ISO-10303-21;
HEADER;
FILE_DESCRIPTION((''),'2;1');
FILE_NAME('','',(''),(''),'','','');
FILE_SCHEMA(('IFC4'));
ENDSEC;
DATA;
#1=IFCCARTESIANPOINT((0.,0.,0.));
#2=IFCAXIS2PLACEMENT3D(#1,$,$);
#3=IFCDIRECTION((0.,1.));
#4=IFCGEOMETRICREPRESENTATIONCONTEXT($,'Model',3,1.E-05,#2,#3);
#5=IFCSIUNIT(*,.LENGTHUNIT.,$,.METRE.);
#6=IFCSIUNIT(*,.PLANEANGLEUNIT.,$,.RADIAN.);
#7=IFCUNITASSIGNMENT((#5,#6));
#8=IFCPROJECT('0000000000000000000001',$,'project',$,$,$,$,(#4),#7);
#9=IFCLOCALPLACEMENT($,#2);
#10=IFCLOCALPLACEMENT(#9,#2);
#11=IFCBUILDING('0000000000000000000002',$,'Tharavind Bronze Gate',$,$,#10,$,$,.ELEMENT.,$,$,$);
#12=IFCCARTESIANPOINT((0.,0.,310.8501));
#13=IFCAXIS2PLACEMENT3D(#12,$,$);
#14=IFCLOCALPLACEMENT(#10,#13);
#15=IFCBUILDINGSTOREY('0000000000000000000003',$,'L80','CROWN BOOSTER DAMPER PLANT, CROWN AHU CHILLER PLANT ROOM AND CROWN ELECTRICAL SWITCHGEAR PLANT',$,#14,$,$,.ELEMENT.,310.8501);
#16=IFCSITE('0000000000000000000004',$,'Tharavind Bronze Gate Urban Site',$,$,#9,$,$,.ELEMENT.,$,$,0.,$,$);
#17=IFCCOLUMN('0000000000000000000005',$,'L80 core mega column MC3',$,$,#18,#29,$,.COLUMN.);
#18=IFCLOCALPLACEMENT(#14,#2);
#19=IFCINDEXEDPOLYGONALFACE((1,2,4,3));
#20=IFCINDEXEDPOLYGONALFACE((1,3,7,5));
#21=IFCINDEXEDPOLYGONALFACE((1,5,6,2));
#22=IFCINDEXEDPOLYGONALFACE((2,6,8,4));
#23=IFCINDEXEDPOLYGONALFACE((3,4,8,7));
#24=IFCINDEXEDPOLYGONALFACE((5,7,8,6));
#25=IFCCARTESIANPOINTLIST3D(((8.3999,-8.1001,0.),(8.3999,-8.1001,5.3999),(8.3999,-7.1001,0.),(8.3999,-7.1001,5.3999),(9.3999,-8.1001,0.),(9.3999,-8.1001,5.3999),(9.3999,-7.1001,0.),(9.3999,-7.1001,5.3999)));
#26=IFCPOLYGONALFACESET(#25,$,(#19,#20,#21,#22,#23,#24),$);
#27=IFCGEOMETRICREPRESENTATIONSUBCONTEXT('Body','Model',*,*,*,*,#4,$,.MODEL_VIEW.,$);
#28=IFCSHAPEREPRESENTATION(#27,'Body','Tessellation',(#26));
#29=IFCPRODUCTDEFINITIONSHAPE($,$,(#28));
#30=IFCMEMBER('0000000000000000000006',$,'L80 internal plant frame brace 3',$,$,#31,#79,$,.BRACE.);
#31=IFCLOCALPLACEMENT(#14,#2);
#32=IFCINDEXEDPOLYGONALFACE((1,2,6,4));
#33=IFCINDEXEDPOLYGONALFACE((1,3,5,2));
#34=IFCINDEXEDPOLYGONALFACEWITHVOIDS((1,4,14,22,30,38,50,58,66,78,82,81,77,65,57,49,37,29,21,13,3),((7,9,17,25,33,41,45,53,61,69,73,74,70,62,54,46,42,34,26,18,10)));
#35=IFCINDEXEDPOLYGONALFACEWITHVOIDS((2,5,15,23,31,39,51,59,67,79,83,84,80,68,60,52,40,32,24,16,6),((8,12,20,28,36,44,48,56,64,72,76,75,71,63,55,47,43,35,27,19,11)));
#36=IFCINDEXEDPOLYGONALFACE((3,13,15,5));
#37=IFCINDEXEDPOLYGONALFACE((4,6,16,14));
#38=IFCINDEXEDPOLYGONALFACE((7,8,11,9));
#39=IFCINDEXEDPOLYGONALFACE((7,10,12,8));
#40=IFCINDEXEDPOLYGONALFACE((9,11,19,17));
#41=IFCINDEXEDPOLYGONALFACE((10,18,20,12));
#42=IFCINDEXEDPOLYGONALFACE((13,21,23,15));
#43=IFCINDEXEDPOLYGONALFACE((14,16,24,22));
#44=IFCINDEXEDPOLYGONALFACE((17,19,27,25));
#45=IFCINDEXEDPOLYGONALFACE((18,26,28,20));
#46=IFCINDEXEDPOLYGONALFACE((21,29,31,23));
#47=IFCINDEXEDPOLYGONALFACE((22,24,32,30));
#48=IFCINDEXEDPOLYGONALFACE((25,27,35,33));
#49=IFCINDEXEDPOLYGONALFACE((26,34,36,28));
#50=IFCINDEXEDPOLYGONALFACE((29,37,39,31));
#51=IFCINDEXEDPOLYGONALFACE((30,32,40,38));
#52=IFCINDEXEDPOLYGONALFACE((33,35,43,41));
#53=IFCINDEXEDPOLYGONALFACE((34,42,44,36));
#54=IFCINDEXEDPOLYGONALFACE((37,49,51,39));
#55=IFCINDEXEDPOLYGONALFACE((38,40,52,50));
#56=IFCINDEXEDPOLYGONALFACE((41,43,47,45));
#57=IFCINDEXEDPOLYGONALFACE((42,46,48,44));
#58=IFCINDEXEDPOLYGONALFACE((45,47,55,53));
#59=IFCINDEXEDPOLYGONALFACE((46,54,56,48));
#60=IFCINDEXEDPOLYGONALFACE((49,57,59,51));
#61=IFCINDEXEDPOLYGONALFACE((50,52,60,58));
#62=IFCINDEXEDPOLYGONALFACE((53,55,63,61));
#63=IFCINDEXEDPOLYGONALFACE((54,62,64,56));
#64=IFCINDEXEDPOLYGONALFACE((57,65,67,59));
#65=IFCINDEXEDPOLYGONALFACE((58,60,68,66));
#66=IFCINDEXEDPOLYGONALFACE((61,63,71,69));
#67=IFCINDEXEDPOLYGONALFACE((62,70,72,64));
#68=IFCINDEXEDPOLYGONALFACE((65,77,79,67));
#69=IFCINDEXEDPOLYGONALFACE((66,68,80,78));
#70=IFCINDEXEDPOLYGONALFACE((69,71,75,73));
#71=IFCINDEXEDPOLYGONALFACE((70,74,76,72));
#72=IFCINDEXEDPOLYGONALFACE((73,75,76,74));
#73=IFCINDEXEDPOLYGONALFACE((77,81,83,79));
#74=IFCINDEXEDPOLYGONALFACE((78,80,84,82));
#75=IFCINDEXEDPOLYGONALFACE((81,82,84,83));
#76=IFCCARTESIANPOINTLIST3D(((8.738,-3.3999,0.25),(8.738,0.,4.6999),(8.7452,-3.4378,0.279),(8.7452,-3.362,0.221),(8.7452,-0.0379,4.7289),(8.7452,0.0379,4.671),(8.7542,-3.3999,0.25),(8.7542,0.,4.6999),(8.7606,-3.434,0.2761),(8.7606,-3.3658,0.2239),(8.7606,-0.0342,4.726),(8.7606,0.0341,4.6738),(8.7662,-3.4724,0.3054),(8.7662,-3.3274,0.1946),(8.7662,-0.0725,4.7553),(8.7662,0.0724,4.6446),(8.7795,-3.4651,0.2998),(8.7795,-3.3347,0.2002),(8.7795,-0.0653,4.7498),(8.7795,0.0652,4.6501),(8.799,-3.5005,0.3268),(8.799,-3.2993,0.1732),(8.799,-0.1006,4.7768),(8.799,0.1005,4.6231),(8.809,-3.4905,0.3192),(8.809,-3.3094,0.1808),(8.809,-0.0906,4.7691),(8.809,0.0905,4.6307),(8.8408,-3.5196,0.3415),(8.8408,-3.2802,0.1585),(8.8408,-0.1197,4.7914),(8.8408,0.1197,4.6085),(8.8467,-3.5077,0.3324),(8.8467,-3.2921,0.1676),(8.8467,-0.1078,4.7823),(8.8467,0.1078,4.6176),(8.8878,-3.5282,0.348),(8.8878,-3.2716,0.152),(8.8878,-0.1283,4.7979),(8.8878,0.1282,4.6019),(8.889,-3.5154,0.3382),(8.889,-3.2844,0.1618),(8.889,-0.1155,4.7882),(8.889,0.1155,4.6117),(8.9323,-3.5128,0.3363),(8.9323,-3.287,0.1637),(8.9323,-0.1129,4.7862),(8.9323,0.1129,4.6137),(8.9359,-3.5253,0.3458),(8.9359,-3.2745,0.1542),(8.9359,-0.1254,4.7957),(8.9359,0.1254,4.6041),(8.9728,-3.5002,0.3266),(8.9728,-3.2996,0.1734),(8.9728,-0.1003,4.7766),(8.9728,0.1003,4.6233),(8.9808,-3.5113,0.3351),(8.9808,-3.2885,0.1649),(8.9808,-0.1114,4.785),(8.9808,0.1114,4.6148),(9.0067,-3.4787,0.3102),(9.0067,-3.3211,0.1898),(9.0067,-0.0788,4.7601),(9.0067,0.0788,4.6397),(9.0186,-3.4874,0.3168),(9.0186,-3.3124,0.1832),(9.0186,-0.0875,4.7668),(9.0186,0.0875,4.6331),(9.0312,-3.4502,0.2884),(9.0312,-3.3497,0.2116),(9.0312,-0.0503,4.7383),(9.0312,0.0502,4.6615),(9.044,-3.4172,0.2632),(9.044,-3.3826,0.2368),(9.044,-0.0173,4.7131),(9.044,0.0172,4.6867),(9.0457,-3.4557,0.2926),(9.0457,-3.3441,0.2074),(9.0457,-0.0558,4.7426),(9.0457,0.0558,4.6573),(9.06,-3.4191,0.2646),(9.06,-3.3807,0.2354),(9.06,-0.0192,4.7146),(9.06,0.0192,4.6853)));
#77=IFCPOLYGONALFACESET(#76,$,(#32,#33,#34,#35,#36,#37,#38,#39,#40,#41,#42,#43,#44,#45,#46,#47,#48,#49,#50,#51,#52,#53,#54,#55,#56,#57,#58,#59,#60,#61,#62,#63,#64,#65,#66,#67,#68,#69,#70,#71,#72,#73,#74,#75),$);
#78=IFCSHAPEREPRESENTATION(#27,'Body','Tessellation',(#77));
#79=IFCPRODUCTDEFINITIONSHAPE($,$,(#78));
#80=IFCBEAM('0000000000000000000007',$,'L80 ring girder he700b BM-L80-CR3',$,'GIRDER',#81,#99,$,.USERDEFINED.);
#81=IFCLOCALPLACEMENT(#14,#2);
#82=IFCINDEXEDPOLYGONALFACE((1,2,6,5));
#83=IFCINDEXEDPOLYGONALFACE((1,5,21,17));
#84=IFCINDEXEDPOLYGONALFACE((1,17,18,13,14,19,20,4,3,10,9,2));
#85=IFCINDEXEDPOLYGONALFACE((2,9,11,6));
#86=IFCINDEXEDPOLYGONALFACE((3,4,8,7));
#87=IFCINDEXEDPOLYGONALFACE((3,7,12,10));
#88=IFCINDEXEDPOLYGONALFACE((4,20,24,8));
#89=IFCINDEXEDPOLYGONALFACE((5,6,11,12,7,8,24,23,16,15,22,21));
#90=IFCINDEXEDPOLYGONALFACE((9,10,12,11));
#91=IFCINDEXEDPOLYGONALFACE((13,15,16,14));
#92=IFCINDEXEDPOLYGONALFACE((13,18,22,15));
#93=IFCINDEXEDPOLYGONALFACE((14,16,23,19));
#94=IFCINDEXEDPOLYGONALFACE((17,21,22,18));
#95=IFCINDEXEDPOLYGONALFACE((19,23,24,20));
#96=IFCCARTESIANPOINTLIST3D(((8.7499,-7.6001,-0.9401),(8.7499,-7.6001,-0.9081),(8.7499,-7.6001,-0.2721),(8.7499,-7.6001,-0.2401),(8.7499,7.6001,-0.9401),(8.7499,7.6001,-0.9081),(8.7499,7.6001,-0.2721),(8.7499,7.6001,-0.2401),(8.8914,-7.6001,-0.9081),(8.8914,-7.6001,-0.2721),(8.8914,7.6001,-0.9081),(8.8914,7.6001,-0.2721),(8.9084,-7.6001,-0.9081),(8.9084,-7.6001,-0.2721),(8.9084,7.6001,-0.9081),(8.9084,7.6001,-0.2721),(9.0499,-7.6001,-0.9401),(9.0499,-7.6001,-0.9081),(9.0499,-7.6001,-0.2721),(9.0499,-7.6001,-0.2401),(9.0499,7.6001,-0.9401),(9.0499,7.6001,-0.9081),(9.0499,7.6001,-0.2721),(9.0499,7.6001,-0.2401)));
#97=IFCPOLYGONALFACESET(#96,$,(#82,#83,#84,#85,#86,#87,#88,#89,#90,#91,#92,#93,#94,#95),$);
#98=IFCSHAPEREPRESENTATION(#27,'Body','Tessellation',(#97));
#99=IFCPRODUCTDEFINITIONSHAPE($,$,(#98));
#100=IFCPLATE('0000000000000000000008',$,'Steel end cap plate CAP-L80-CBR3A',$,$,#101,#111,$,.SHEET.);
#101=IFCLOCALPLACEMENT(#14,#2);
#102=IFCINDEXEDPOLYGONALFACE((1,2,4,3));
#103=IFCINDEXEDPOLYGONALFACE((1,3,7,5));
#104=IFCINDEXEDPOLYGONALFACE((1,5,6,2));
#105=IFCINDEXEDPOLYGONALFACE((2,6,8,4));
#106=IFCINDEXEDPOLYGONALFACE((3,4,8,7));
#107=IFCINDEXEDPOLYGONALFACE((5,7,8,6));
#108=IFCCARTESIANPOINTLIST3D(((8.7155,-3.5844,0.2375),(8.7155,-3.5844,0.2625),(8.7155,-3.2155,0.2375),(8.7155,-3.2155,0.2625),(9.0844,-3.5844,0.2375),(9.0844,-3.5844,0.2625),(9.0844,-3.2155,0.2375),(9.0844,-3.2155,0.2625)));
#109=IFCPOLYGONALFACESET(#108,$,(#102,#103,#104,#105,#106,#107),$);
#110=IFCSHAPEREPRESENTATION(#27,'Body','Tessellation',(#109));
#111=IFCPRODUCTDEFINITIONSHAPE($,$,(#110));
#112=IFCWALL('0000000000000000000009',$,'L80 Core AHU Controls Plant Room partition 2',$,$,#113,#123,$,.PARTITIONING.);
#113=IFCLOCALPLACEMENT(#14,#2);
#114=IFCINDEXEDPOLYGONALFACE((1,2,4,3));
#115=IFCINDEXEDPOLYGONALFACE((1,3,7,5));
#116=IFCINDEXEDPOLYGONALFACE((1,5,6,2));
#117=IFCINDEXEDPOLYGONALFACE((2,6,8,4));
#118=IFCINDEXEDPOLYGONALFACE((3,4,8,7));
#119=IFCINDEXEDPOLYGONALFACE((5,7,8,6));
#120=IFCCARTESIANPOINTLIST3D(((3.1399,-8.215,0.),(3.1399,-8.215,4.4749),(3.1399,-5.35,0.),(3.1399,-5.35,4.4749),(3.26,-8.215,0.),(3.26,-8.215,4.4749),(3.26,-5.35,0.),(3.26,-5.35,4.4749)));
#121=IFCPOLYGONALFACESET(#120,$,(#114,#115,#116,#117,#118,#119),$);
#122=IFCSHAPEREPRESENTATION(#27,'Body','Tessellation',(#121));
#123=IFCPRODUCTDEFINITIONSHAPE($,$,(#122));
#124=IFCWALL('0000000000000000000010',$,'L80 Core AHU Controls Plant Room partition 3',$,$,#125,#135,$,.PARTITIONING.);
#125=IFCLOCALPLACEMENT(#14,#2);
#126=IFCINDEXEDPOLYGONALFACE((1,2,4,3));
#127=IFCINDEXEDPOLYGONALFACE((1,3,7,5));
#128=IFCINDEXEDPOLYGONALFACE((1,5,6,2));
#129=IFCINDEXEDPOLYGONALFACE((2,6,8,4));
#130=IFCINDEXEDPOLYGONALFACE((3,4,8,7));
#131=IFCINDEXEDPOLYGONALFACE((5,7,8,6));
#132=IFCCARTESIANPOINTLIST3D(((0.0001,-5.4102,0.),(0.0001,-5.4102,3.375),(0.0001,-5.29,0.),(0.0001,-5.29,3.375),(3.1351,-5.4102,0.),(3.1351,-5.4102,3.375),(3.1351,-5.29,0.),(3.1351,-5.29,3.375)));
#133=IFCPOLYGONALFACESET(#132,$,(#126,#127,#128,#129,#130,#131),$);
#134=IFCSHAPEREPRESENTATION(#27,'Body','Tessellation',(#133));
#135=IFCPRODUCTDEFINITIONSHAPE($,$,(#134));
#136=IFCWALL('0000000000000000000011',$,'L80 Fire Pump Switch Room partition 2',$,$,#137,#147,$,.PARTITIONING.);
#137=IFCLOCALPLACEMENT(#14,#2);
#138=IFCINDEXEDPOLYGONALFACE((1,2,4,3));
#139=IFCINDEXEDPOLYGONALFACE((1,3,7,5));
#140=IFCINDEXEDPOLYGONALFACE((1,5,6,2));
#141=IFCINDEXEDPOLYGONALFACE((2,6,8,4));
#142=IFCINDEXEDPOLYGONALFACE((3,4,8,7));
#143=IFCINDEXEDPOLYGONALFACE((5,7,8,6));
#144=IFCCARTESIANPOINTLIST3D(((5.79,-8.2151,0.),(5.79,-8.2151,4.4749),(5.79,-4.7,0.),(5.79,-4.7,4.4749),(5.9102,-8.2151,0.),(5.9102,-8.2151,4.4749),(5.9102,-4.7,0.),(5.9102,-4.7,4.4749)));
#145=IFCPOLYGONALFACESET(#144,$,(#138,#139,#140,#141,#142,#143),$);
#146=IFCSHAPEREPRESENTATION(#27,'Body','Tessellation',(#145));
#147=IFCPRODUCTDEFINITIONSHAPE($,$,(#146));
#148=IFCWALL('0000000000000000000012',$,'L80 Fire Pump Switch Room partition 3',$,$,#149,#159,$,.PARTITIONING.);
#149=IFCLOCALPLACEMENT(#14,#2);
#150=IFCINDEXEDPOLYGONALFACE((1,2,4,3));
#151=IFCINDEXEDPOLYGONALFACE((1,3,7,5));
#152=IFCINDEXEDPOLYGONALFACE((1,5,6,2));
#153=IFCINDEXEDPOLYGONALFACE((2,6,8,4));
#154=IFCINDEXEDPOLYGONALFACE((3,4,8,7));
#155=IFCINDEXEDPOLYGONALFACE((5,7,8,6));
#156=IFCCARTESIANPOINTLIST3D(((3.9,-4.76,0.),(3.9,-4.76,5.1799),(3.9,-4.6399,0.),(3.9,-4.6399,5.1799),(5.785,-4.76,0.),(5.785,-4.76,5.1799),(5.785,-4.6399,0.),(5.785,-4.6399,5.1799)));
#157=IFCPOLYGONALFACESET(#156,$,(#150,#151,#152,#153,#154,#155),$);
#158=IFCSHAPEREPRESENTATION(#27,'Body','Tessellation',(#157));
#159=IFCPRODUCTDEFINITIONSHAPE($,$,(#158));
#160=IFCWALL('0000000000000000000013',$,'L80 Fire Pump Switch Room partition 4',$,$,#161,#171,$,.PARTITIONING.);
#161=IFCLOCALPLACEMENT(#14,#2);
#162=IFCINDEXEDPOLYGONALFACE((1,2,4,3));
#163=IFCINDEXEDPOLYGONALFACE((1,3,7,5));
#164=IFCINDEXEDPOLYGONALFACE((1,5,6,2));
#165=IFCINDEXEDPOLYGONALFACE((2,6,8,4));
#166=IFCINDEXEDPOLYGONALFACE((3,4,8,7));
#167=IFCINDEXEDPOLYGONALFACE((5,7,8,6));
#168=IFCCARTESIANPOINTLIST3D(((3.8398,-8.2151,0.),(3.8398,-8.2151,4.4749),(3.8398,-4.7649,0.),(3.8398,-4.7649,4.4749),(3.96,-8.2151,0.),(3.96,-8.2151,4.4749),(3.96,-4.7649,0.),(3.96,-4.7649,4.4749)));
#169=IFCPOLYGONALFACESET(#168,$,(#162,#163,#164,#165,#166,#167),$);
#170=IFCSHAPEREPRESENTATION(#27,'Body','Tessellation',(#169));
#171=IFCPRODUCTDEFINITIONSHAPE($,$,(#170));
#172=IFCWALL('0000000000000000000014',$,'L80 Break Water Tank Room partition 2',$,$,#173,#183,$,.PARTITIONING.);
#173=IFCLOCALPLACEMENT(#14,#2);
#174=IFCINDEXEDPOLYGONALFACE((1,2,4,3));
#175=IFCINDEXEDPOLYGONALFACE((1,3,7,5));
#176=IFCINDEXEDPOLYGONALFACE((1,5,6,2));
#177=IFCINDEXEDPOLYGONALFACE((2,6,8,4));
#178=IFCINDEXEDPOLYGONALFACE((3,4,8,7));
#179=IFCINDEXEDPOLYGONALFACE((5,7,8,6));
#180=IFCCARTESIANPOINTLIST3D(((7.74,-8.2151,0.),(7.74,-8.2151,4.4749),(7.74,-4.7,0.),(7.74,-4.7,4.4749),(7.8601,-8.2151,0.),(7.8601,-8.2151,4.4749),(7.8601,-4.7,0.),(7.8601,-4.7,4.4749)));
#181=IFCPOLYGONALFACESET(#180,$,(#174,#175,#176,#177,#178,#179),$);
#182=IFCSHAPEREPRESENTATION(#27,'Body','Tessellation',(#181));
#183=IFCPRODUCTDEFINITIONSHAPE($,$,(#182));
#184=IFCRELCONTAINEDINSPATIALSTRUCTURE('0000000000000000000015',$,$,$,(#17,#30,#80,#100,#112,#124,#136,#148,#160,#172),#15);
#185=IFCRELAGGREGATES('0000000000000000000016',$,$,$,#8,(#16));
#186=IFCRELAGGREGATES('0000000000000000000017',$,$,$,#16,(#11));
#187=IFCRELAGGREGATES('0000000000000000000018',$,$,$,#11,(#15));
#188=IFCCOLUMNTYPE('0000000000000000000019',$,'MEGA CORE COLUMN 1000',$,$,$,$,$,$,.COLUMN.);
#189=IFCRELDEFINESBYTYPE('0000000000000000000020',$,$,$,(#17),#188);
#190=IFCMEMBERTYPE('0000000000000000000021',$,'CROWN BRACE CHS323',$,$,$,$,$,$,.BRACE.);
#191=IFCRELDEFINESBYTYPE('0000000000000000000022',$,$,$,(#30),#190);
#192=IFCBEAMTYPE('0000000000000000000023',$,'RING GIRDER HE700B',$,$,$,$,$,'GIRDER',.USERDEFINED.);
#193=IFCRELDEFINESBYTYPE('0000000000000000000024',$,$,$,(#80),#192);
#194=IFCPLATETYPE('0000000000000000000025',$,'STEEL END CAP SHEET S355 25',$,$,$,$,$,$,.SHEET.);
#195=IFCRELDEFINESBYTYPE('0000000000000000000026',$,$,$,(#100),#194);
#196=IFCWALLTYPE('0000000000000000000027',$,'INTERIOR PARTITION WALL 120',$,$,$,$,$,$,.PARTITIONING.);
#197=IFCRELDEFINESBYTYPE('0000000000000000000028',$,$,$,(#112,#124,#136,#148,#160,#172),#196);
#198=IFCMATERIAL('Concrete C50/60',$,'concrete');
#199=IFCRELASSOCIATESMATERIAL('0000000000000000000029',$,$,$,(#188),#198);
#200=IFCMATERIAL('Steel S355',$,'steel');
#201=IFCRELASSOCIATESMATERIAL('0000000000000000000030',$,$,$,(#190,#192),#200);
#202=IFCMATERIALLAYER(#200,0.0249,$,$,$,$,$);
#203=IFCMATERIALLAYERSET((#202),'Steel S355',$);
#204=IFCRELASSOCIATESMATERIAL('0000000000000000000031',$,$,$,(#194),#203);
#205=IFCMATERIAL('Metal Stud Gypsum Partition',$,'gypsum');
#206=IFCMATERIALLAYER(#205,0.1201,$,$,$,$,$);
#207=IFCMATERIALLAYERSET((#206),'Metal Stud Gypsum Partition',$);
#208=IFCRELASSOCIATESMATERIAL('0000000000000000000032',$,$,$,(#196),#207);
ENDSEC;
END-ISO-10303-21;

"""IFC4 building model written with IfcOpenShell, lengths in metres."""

from ifc_helpers import new_model, si_unit, direction, frame, frame_2d, origin, origin_2d, place, context, subcontext, project, spatial, rectangle, hollow_circle, i_section, extrude, material, layer, layer_set, material_profile, profile_set, type_object, element, save


model = new_model("IFC4")

# Units and contexts
model_context = context("Model", 3, precision=1e-05, world=origin(), true_north=direction((0.0, 1.0)))
body_context = subcontext(model_context, "Body", "Model", "MODEL_VIEW")
ifc_project = project(units=[si_unit("LENGTHUNIT", "METRE"), si_unit("PLANEANGLEUNIT", "RADIAN")], contexts=[model_context])

# Site, building, storey
site_placement = place(None, origin())
site = spatial("IfcSite", under=ifc_project, at=site_placement, Name="Tharavind Bronze Gate Urban Site", CompositionType="ELEMENT", RefElevation=0.0)
building_placement = place(site_placement, origin())
building = spatial("IfcBuilding", under=site, at=building_placement, Name="Tharavind Bronze Gate", CompositionType="ELEMENT")
storey_placement = place(building_placement, frame((0.0, 0.0, 310.8501)))
storey = spatial("IfcBuildingStorey", under=building, at=storey_placement, Name="L80", Description="CROWN BOOSTER DAMPER PLANT, CROWN AHU CHILLER PLANT ROOM AND CROWN ELECTRICAL SWITCHGEAR PLANT", CompositionType="ELEMENT", Elevation=310.8501)

# Column
ifc_material_1 = material(Name="Concrete C50/60", Category="concrete")
ifc_material_profile_1 = material_profile(ifc_material_1, rectangle(XDim=1.0, YDim=1.0, at=origin_2d()), Name="RCCOL1000")
ifc_profile_set_1 = profile_set([ifc_material_profile_1], Name="Concrete C50/60")
column_type = type_object("IfcColumnType", Name="MEGA CORE COLUMN 1000", PredefinedType="COLUMN", material=ifc_profile_set_1)
column_placement = place(storey_placement, frame((8.8999, -7.6001, 0.0), z_axis=(0.0, 0.0, 1.0), x_axis=(1.0, 0.0, 0.0)))
element("IfcColumn", 1, at=column_placement, inside=storey, type_object=column_type, Name="L80 core mega column MC3", PredefinedType="COLUMN", context=body_context, shape_type="SweptSolid", body=[
    extrude(rectangle(XDim=1.0, YDim=1.0, at=origin_2d()), origin(), (0.0, 0.0, 1.0), 5.3999),
])

# Member
ifc_material_2 = material(Name="Steel S355", Category="steel")
ifc_material_profile_2 = material_profile(ifc_material_2, hollow_circle(Radius=0.1619, WallThickness=0.0161, at=origin_2d()), Name="CHS323X16")
ifc_profile_set_2 = profile_set([ifc_material_profile_2], Name="Steel S355")
member_type = type_object("IfcMemberType", Name="CROWN BRACE CHS323", PredefinedType="BRACE", material=ifc_profile_set_2)
member_placement = place(storey_placement, frame((8.8999, -3.3999, 0.25), z_axis=(0.0, 0.607112, 0.794616), x_axis=(-1.0, 0.0, 0.0)))
element("IfcMember", 2, at=member_placement, inside=storey, type_object=member_type, Name="L80 internal plant frame brace 3", PredefinedType="BRACE", context=body_context, shape_type="SweptSolid", body=[
    extrude(hollow_circle(Radius=0.1619, WallThickness=0.0161, at=origin_2d()), origin(), (0.0, 0.0, 1.0), 5.6001),
])

# Beam
ifc_material_profile_3 = material_profile(ifc_material_2, i_section(OverallWidth=0.3, OverallDepth=0.7, WebThickness=0.0171, FlangeThickness=0.032, at=origin_2d()), Name="HE700B")
ifc_profile_set_3 = profile_set([ifc_material_profile_3], Name="Steel S355")
beam_type = type_object("IfcBeamType", Name="RING GIRDER HE700B", ElementType="GIRDER", PredefinedType="USERDEFINED", material=ifc_profile_set_3)
beam_placement = place(storey_placement, frame((8.8999, -7.6001, -0.5901), z_axis=(0.0, 1.0, 0.0), x_axis=(-1.0, 0.0, 0.0)))
element("IfcBeam", 3, at=beam_placement, inside=storey, type_object=beam_type, Name="L80 ring girder he700b BM-L80-CR3", ObjectType="GIRDER", PredefinedType="USERDEFINED", context=body_context, shape_type="SweptSolid", body=[
    extrude(i_section(OverallWidth=0.3, OverallDepth=0.7, WebThickness=0.0171, FlangeThickness=0.032, at=origin_2d()), origin(), (0.0, 0.0, 1.0), 15.2002),
])

# Plate
ifc_layer_1 = layer(ifc_material_2, 0.0249)
ifc_layer_set_1 = layer_set([ifc_layer_1], Name="Steel S355")
plate_type = type_object("IfcPlateType", Name="STEEL END CAP SHEET S355 25", PredefinedType="SHEET", material=ifc_layer_set_1)
plate_placement = place(storey_placement, frame((8.8999, -3.3999, 0.2375), z_axis=(0.0, 0.0, 1.0), x_axis=(1.0, 0.0, 0.0)))
element("IfcPlate", 4, at=plate_placement, inside=storey, type_object=plate_type, Name="Steel end cap plate CAP-L80-CBR3A", PredefinedType="SHEET", context=body_context, shape_type="SweptSolid", body=[
    extrude(rectangle(XDim=0.3689, YDim=0.3689, at=origin_2d()), origin(), (0.0, 0.0, 1.0), 0.0249),
])

# Walls
ifc_material_3 = material(Name="Metal Stud Gypsum Partition", Category="gypsum")
ifc_layer_2 = layer(ifc_material_3, 0.1201)
ifc_layer_set_2 = layer_set([ifc_layer_2], Name="Metal Stud Gypsum Partition")
wall_type_1 = type_object("IfcWallType", Name="INTERIOR PARTITION WALL 120", PredefinedType="PARTITIONING", material=ifc_layer_set_2)
wall_1_placement = place(storey_placement, frame((3.2, -8.2151, 0.0), z_axis=(0.0, 0.0, 1.0), x_axis=(0.0, 1.0, 0.0)))
element("IfcWall", 5, at=wall_1_placement, inside=storey, type_object=wall_type_1, Name="L80 Core AHU Controls Plant Room partition 2", PredefinedType="PARTITIONING", context=body_context, shape_type="SweptSolid", body=[
    extrude(rectangle(XDim=2.865, YDim=0.1201, at=frame_2d((1.4326, 0.0))), origin(), (0.0, 0.0, 1.0), 4.4749),
])
wall_2_placement = place(storey_placement, frame((3.135, -5.3501, 0.0), z_axis=(0.0, 0.0, 1.0), x_axis=(-1.0, 0.0, 0.0)))
element("IfcWall", 6, at=wall_2_placement, inside=storey, type_object=wall_type_1, Name="L80 Core AHU Controls Plant Room partition 3", PredefinedType="PARTITIONING", context=body_context, shape_type="SweptSolid", body=[
    extrude(rectangle(XDim=3.135, YDim=0.1201, at=frame_2d((1.5674, 0.0))), origin(), (0.0, 0.0, 1.0), 3.375),
])
wall_3_placement = place(storey_placement, frame((5.8501, -8.2151, 0.0), z_axis=(0.0, 0.0, 1.0), x_axis=(0.0, 1.0, 0.0)))
element("IfcWall", 7, at=wall_3_placement, inside=storey, type_object=wall_type_1, Name="L80 Fire Pump Switch Room partition 2", PredefinedType="PARTITIONING", context=body_context, shape_type="SweptSolid", body=[
    extrude(rectangle(XDim=3.5151, YDim=0.1201, at=frame_2d((1.7576, 0.0))), origin(), (0.0, 0.0, 1.0), 4.4749),
])
wall_4_placement = place(storey_placement, frame((5.7849, -4.7, 0.0), z_axis=(0.0, 0.0, 1.0), x_axis=(-1.0, 0.0, 0.0)))
element("IfcWall", 8, at=wall_4_placement, inside=storey, type_object=wall_type_1, Name="L80 Fire Pump Switch Room partition 3", PredefinedType="PARTITIONING", context=body_context, shape_type="SweptSolid", body=[
    extrude(rectangle(XDim=1.885, YDim=0.1201, at=frame_2d((0.9424, 0.0))), origin(), (0.0, 0.0, 1.0), 5.1799),
])
wall_5_placement = place(storey_placement, frame((3.8999, -4.7649, 0.0), z_axis=(0.0, 0.0, 1.0), x_axis=(0.0, -1.0, 0.0)))
element("IfcWall", 9, at=wall_5_placement, inside=storey, type_object=wall_type_1, Name="L80 Fire Pump Switch Room partition 4", PredefinedType="PARTITIONING", context=body_context, shape_type="SweptSolid", body=[
    extrude(rectangle(XDim=3.4502, YDim=0.1201, at=frame_2d((1.7251, 0.0))), origin(), (0.0, 0.0, 1.0), 4.4749),
])
wall_6_placement = place(storey_placement, frame((7.8, -8.2151, 0.0), z_axis=(0.0, 0.0, 1.0), x_axis=(0.0, 1.0, 0.0)))
element("IfcWall", 10, at=wall_6_placement, inside=storey, type_object=wall_type_1, Name="L80 Break Water Tank Room partition 2", PredefinedType="PARTITIONING", context=body_context, shape_type="SweptSolid", body=[
    extrude(rectangle(XDim=3.5151, YDim=0.1201, at=frame_2d((1.7576, 0.0))), origin(), (0.0, 0.0, 1.0), 4.4749),
])

save(model, "model.ifc")
